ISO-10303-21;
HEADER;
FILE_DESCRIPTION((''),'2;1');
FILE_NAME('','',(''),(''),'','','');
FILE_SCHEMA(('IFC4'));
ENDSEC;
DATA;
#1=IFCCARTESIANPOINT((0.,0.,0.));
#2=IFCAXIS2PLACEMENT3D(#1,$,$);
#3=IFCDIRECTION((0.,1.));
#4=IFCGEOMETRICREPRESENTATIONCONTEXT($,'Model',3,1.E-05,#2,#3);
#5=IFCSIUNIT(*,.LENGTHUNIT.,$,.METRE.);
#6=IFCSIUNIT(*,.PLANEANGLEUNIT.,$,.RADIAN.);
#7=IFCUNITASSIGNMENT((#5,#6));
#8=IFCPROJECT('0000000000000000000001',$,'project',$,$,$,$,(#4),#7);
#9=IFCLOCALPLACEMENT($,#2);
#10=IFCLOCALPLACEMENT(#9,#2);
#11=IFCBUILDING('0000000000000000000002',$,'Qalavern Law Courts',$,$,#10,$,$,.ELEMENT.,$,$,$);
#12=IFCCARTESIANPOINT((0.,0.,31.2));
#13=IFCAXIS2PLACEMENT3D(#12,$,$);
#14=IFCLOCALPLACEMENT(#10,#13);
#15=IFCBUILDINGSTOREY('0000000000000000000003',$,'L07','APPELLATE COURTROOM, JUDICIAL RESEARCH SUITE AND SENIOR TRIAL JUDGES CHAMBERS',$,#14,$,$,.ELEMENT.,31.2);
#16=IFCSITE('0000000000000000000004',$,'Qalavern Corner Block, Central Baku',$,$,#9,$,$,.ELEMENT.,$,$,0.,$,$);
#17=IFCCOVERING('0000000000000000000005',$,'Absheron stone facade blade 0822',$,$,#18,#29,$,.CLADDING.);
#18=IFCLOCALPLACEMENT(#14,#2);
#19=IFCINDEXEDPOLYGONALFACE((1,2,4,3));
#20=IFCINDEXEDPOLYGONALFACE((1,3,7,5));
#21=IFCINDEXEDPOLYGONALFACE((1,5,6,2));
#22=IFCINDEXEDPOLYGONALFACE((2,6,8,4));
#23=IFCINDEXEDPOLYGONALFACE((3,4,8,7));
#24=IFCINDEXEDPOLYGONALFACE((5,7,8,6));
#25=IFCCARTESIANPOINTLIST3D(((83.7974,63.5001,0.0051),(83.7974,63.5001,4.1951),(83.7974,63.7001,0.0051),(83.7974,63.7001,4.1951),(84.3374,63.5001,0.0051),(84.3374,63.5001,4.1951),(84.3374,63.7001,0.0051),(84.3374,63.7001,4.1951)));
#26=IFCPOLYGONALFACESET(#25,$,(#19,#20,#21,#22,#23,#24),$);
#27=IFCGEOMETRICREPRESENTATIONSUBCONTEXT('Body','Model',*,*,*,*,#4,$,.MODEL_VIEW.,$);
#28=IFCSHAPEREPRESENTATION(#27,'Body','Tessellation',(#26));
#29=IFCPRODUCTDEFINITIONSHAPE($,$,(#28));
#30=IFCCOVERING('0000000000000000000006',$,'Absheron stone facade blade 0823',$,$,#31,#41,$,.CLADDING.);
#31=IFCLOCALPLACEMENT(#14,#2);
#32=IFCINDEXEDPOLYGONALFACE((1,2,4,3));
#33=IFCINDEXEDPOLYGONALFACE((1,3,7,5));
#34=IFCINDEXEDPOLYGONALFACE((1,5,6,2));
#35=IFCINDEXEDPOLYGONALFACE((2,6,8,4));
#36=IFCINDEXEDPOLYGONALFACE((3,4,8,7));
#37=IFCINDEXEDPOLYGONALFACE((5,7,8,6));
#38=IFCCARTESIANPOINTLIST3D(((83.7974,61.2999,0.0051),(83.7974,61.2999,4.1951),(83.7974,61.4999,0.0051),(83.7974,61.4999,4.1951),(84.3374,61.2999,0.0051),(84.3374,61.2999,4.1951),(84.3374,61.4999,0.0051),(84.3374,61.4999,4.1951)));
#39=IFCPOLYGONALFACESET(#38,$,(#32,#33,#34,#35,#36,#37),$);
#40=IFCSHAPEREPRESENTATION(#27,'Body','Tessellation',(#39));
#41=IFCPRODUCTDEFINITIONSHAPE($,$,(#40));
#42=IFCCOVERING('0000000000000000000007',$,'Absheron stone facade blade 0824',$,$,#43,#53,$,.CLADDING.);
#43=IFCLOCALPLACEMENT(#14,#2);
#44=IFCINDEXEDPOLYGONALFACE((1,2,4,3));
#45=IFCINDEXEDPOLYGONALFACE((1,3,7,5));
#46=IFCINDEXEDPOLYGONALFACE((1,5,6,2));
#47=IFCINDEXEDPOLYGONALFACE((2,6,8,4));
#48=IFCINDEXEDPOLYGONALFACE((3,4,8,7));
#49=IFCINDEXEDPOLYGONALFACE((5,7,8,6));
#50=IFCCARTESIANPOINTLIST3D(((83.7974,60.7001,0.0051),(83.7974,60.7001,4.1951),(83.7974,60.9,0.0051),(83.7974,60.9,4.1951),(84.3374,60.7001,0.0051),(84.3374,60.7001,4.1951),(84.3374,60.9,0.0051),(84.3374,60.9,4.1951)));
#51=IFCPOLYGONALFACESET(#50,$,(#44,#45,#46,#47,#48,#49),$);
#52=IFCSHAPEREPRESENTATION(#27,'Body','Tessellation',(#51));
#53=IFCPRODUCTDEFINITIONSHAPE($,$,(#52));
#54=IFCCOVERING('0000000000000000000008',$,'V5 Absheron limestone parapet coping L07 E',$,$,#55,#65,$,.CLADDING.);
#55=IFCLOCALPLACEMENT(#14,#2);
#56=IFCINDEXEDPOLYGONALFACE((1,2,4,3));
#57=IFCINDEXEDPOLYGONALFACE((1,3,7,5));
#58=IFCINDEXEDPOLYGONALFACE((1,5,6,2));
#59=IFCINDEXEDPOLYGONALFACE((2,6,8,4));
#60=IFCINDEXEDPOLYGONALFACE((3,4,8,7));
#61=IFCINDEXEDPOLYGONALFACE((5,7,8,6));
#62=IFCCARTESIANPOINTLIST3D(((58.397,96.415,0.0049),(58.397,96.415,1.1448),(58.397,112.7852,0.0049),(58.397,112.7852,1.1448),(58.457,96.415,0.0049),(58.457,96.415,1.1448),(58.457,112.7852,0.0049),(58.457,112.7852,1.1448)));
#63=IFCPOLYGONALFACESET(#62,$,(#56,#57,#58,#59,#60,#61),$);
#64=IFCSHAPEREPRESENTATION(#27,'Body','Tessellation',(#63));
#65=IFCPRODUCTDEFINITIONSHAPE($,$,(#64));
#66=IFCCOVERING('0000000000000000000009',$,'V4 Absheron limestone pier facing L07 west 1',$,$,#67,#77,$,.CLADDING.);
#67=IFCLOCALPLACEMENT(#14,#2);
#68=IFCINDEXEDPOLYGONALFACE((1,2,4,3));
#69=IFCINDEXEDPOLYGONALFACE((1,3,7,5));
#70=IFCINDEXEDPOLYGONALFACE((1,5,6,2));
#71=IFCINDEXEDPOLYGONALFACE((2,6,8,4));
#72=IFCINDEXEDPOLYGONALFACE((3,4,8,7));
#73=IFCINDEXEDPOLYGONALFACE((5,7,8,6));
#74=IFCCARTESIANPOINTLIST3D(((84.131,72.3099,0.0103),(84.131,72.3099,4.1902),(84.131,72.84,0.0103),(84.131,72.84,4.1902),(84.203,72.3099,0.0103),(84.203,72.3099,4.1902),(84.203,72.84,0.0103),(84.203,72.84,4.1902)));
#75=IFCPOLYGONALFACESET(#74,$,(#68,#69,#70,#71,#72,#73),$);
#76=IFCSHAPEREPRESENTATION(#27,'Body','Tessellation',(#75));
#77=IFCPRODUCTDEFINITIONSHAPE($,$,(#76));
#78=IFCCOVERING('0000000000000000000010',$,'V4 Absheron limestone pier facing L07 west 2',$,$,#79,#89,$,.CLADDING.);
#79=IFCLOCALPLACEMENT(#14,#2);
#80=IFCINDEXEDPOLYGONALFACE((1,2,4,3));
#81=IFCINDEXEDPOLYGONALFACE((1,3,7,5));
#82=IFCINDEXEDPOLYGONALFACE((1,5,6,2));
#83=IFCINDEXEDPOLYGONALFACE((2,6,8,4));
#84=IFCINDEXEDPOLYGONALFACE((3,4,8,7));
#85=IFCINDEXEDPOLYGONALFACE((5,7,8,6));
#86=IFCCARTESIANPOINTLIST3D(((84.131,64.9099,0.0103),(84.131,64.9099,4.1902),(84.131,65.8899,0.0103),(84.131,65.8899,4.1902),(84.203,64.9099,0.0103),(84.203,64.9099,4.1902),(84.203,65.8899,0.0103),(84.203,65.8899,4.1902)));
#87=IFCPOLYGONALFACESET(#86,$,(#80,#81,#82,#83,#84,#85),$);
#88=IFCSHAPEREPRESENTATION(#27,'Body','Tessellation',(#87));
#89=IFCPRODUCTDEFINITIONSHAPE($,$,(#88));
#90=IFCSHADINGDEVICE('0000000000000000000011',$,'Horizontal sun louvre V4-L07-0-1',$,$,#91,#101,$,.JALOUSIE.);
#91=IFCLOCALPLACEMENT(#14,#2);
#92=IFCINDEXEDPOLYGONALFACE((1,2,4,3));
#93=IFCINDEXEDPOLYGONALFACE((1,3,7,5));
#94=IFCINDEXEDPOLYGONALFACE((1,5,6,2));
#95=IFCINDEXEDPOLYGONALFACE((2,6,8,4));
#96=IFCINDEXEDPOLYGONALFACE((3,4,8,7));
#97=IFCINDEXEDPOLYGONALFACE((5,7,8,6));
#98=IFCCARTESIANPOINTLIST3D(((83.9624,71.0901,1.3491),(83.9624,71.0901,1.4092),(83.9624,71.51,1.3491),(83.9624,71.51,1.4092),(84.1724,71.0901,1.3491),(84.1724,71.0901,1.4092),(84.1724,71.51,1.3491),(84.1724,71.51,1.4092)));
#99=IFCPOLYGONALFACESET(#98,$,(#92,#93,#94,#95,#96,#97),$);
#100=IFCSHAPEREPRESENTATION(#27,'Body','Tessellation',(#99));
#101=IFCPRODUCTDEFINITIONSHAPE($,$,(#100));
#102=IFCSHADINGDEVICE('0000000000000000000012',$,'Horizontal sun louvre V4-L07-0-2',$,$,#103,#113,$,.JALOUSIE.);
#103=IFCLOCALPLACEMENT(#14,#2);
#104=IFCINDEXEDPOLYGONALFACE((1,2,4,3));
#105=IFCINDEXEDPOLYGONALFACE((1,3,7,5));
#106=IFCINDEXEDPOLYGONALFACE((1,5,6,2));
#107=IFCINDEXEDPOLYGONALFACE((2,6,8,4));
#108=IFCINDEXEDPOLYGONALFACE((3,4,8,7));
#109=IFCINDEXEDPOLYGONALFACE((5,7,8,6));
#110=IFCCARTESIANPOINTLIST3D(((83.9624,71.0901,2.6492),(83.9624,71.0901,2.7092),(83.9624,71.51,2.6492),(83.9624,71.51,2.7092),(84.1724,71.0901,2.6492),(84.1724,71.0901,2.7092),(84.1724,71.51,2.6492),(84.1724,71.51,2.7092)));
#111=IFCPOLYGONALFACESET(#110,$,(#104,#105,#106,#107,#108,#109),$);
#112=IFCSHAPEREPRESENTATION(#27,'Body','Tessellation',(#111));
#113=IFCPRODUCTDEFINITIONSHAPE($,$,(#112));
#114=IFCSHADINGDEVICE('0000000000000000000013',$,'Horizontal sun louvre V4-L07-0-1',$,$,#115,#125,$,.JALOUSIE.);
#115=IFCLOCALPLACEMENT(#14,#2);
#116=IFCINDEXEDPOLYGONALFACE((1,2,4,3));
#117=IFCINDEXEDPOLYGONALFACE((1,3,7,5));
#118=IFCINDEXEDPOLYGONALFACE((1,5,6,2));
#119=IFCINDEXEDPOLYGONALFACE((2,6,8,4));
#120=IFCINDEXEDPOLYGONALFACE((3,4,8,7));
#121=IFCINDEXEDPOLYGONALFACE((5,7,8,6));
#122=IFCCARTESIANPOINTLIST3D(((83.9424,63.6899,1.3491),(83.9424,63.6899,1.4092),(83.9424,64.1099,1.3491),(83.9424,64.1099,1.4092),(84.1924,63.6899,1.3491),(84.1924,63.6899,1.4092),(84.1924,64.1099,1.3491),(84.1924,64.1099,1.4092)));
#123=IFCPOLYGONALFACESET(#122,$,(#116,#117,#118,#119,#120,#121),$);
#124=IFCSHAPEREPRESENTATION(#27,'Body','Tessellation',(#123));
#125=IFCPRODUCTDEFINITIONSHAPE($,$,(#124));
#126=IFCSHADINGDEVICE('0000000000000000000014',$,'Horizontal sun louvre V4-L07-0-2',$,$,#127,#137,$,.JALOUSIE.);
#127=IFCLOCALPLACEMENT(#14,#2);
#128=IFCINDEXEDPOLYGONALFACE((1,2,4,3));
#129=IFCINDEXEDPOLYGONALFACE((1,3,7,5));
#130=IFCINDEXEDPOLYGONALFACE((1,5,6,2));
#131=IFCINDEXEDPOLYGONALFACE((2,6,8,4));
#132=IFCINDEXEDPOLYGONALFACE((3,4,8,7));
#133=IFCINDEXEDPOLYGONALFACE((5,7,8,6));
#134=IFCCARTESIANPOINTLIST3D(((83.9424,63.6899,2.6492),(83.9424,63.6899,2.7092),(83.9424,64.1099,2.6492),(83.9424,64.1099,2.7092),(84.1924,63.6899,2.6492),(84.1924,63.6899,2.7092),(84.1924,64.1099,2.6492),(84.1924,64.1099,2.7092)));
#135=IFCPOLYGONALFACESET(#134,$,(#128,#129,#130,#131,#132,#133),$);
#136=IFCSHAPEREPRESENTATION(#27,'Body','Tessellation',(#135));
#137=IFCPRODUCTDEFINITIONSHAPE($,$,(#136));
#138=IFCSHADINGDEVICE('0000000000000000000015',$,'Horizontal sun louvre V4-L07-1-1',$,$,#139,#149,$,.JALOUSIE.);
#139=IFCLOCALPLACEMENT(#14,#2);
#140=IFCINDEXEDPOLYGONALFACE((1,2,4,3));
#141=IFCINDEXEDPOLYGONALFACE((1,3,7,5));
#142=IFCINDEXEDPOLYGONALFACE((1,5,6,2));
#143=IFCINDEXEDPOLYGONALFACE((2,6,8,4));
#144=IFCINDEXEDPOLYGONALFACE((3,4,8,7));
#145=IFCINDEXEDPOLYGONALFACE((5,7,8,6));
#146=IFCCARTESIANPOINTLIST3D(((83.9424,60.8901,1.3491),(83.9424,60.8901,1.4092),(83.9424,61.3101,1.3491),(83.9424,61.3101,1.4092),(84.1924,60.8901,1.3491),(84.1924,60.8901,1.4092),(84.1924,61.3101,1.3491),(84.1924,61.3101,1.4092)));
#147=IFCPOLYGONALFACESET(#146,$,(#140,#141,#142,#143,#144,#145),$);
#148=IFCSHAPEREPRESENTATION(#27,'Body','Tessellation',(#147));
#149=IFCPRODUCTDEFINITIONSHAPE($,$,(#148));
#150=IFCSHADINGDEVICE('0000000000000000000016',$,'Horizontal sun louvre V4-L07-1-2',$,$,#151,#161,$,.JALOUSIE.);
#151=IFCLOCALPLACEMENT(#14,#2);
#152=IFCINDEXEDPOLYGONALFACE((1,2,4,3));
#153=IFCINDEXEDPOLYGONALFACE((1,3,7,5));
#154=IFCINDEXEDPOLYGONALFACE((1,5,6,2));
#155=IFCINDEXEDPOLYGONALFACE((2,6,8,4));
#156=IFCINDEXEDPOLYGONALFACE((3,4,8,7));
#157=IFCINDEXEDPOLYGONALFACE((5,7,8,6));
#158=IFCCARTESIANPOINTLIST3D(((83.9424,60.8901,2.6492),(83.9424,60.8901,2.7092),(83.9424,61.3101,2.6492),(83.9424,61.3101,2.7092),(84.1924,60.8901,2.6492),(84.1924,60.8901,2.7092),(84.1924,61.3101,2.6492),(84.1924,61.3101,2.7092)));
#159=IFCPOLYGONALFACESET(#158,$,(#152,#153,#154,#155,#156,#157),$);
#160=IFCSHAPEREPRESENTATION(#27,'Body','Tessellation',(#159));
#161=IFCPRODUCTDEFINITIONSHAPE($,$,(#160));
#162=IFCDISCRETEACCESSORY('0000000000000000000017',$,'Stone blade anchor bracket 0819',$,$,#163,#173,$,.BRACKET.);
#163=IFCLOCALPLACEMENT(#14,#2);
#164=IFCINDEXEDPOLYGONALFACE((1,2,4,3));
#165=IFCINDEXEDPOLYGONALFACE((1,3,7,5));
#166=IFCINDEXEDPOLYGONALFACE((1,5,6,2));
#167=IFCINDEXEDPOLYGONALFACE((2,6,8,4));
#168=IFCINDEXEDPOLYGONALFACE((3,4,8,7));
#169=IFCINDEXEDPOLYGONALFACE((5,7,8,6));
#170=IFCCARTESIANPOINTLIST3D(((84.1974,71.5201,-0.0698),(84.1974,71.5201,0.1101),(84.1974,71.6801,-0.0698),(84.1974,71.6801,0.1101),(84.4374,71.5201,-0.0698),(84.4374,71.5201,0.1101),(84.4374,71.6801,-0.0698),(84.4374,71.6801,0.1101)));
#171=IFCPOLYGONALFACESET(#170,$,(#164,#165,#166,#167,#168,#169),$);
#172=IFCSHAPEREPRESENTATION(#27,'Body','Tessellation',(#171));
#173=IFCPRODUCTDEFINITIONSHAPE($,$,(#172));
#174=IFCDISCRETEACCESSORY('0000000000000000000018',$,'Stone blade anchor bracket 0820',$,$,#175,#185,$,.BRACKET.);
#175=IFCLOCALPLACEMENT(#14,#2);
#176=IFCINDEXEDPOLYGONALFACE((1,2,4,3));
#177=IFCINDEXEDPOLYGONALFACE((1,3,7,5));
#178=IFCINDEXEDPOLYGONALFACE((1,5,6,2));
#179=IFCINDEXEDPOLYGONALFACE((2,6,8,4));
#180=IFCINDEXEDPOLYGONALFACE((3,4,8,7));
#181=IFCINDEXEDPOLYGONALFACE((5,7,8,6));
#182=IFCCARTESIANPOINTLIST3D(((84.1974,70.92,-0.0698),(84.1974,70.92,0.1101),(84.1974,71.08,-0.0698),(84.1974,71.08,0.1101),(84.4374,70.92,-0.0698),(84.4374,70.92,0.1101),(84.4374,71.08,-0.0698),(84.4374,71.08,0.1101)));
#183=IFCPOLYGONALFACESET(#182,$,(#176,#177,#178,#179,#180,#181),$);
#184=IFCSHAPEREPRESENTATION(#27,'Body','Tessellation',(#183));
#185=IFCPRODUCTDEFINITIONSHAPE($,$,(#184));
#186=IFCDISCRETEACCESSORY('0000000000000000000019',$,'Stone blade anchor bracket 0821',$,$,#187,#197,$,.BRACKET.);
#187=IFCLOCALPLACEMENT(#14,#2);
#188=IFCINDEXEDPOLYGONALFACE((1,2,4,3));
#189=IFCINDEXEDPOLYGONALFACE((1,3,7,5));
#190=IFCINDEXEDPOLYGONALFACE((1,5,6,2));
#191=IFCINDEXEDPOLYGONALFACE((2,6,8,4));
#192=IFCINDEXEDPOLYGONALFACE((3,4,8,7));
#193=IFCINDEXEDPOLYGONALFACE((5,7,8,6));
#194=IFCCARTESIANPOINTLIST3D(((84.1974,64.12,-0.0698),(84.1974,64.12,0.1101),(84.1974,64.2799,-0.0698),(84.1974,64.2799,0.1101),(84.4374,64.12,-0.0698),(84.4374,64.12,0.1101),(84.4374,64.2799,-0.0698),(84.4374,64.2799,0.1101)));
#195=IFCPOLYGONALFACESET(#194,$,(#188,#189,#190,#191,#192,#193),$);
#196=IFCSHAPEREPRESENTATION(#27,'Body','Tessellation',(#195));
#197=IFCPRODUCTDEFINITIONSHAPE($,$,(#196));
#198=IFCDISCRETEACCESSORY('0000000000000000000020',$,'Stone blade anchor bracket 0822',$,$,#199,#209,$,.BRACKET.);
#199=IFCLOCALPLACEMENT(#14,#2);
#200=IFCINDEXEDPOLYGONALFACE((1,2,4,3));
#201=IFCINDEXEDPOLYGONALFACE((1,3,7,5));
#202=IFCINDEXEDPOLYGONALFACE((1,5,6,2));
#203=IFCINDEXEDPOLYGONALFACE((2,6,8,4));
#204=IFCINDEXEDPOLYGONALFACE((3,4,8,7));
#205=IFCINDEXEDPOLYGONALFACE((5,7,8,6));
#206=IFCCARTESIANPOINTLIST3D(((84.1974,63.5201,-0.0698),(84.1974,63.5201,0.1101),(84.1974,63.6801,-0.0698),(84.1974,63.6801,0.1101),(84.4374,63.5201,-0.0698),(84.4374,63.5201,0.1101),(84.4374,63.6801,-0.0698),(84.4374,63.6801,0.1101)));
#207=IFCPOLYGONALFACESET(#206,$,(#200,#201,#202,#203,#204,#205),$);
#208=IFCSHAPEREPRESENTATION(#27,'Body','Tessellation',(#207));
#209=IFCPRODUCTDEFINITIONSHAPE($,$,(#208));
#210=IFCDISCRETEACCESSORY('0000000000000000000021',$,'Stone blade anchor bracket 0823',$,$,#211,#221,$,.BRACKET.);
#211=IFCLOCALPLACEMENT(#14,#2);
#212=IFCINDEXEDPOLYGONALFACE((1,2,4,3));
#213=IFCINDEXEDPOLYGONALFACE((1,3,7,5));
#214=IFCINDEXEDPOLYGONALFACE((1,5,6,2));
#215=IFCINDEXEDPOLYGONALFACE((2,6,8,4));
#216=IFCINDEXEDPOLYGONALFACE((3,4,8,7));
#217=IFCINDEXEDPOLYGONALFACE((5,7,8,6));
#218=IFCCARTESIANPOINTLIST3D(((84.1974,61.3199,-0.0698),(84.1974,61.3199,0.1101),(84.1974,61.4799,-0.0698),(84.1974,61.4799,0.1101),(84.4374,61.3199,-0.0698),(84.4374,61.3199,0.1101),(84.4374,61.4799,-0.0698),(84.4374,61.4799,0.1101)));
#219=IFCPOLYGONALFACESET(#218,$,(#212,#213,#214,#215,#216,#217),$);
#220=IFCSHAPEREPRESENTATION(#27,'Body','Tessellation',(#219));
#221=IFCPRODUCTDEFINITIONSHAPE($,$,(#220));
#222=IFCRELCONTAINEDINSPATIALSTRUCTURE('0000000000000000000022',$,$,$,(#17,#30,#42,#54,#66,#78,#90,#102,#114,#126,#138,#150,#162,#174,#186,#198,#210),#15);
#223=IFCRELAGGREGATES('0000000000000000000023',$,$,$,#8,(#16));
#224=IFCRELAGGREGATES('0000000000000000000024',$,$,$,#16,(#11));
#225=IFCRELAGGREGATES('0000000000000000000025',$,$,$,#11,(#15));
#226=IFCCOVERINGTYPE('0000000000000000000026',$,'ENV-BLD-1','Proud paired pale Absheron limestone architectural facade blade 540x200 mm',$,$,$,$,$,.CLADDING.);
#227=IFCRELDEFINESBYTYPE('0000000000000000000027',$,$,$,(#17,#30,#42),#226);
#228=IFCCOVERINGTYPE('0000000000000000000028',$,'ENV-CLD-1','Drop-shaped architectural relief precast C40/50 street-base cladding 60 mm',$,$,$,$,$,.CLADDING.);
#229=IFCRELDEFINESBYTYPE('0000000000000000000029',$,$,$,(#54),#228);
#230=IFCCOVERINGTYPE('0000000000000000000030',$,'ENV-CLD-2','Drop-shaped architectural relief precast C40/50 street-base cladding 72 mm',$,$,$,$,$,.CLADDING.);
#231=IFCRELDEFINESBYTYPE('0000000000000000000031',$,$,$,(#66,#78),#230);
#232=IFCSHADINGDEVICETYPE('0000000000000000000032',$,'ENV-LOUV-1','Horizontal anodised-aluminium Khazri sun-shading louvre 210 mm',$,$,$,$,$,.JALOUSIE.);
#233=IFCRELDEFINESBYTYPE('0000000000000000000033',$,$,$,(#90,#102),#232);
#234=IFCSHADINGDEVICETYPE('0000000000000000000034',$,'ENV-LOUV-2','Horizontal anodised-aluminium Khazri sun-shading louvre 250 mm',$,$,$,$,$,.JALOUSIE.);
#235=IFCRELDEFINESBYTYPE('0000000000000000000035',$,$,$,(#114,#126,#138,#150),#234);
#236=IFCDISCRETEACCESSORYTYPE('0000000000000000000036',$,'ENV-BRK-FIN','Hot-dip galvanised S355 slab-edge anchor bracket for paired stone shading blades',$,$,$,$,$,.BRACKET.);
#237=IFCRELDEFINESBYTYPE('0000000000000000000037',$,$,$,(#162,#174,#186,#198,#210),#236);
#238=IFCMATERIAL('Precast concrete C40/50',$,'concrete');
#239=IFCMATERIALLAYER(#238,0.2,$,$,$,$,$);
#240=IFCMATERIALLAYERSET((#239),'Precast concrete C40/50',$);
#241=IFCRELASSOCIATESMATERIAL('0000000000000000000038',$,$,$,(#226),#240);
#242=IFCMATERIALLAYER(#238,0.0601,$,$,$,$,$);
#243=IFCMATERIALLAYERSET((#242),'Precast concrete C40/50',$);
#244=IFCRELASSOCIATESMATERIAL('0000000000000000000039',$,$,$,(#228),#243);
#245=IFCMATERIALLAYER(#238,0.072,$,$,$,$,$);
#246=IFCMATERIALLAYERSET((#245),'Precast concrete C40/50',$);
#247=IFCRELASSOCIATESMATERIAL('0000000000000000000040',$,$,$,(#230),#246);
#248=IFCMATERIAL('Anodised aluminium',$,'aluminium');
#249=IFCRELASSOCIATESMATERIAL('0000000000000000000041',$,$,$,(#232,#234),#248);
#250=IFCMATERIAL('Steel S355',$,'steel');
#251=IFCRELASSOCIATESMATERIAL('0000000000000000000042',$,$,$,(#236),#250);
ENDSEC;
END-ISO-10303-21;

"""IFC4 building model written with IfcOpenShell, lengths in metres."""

from ifc_helpers import new_model, si_unit, direction, frame, origin, origin_2d, place, context, subcontext, project, spatial, rectangle, extrude, material, layer, layer_set, type_object, element, save


model = new_model("IFC4")

# Units and contexts
model_context = context("Model", 3, precision=1e-05, world=origin(), true_north=direction((0.0, 1.0)))
body_context = subcontext(model_context, "Body", "Model", "MODEL_VIEW")
ifc_project = project(units=[si_unit("LENGTHUNIT", "METRE"), si_unit("PLANEANGLEUNIT", "RADIAN")], contexts=[model_context])

# Site, building, storey
site_placement = place(None, origin())
site = spatial("IfcSite", under=ifc_project, at=site_placement, Name="Qalavern Corner Block, Central Baku", CompositionType="ELEMENT", RefElevation=0.0)
building_placement = place(site_placement, origin())
building = spatial("IfcBuilding", under=site, at=building_placement, Name="Qalavern Law Courts", CompositionType="ELEMENT")
storey_placement = place(building_placement, frame((0.0, 0.0, 31.2)))
storey = spatial("IfcBuildingStorey", under=building, at=storey_placement, Name="L07", Description="APPELLATE COURTROOM, JUDICIAL RESEARCH SUITE AND SENIOR TRIAL JUDGES CHAMBERS", CompositionType="ELEMENT", Elevation=31.2)

# Shared definitions
ifc_material_1 = material(Name="Anodised aluminium", Category="aluminium")

# Shared definitions
ifc_material_2 = material(Name="Steel S355", Category="steel")

# Coverings
ifc_material_3 = material(Name="Precast concrete C40/50", Category="concrete")
ifc_layer_1 = layer(ifc_material_3, 0.2)
ifc_layer_set_1 = layer_set([ifc_layer_1], Name="Precast concrete C40/50")
covering_type_1 = type_object("IfcCoveringType", Name="ENV-BLD-1", Description="Proud paired pale Absheron limestone architectural facade blade 540x200 mm", PredefinedType="CLADDING", material=ifc_layer_set_1)
for number, where, z_axis, x_axis, name in (
    (1, (84.0674, 63.6001, 0.0051), (0.0, 0.0, 1.0), (-1.0, 0.0, 0.0), "Absheron stone facade blade 0822"),
    (2, (84.0674, 61.3999, 0.0051), (0.0, 0.0, 1.0), (-1.0, 0.0, 0.0), "Absheron stone facade blade 0823"),
    (3, (84.0674, 60.8, 0.0051), (0.0, 0.0, 1.0), (-1.0, 0.0, 0.0), "Absheron stone facade blade 0824"),
):
    element("IfcCovering", number, at=place(storey_placement, frame(where, z_axis=z_axis, x_axis=x_axis)), inside=storey, type_object=covering_type_1, Name=name, PredefinedType="CLADDING", context=body_context, shape_type="SweptSolid", body=[
        extrude(rectangle(XDim=0.54, YDim=0.2, at=origin_2d()), origin(), (0.0, 0.0, 1.0), 4.1899),
    ])
ifc_layer_2 = layer(ifc_material_3, 0.0601)
ifc_layer_set_2 = layer_set([ifc_layer_2], Name="Precast concrete C40/50")
covering_type_2 = type_object("IfcCoveringType", Name="ENV-CLD-1", Description="Drop-shaped architectural relief precast C40/50 street-base cladding 60 mm", PredefinedType="CLADDING", material=ifc_layer_set_2)
covering_1_placement = place(storey_placement, frame((58.427, 104.6001, 0.0049), z_axis=(0.0, 0.0, 1.0), x_axis=(0.0, 1.0, 0.0)))
element("IfcCovering", 4, at=covering_1_placement, inside=storey, type_object=covering_type_2, Name="V5 Absheron limestone parapet coping L07 E", PredefinedType="CLADDING", context=body_context, shape_type="SweptSolid", body=[
    extrude(rectangle(XDim=16.3701, YDim=0.0601, at=origin_2d()), origin(), (0.0, 0.0, 1.0), 1.1399),
])
ifc_layer_3 = layer(ifc_material_3, 0.072)
ifc_layer_set_3 = layer_set([ifc_layer_3], Name="Precast concrete C40/50")
covering_type_3 = type_object("IfcCoveringType", Name="ENV-CLD-2", Description="Drop-shaped architectural relief precast C40/50 street-base cladding 72 mm", PredefinedType="CLADDING", material=ifc_layer_set_3)
covering_2_placement = place(storey_placement, frame((84.167, 72.575, 0.0103), z_axis=(0.0, 0.0, 1.0), x_axis=(0.0, -1.0, 0.0)))
element("IfcCovering", 5, at=covering_2_placement, inside=storey, type_object=covering_type_3, Name="V4 Absheron limestone pier facing L07 west 1", PredefinedType="CLADDING", context=body_context, shape_type="SweptSolid", body=[
    extrude(rectangle(XDim=0.53, YDim=0.072, at=origin_2d()), origin(), (0.0, 0.0, 1.0), 4.1799),
])
covering_3_placement = place(storey_placement, frame((84.167, 65.3999, 0.0103), z_axis=(0.0, 0.0, 1.0), x_axis=(0.0, -1.0, 0.0)))
element("IfcCovering", 6, at=covering_3_placement, inside=storey, type_object=covering_type_3, Name="V4 Absheron limestone pier facing L07 west 2", PredefinedType="CLADDING", context=body_context, shape_type="SweptSolid", body=[
    extrude(rectangle(XDim=0.98, YDim=0.072, at=origin_2d()), origin(), (0.0, 0.0, 1.0), 4.1799),
])

# Shading devices
shading_device_type_1 = type_object("IfcShadingDeviceType", Name="ENV-LOUV-1", Description="Horizontal anodised-aluminium Khazri sun-shading louvre 210 mm", PredefinedType="JALOUSIE", material=ifc_material_1)
for number, where, z_axis, x_axis, name in (
    (7, (84.0674, 71.3, 1.3491), (0.0, 0.0, 1.0), (0.0, -1.0, 0.0), "Horizontal sun louvre V4-L07-0-1"),
    (8, (84.0674, 71.3, 2.6492), (0.0, 0.0, 1.0), (0.0, -1.0, 0.0), "Horizontal sun louvre V4-L07-0-2"),
):
    element("IfcShadingDevice", number, at=place(storey_placement, frame(where, z_axis=z_axis, x_axis=x_axis)), inside=storey, type_object=shading_device_type_1, Name=name, PredefinedType="JALOUSIE", context=body_context, shape_type="SweptSolid", body=[
        extrude(rectangle(XDim=0.4199, YDim=0.21, at=origin_2d()), origin(), (0.0, 0.0, 1.0), 0.0601),
    ])
shading_device_type_2 = type_object("IfcShadingDeviceType", Name="ENV-LOUV-2", Description="Horizontal anodised-aluminium Khazri sun-shading louvre 250 mm", PredefinedType="JALOUSIE", material=ifc_material_1)
for number, where, z_axis, x_axis, name in (
    (9, (84.0674, 63.8999, 1.3491), (0.0, 0.0, 1.0), (0.0, -1.0, 0.0), "Horizontal sun louvre V4-L07-0-1"),
    (10, (84.0674, 63.8999, 2.6492), (0.0, 0.0, 1.0), (0.0, -1.0, 0.0), "Horizontal sun louvre V4-L07-0-2"),
    (11, (84.0674, 61.1001, 1.3491), (0.0, 0.0, 1.0), (0.0, -1.0, 0.0), "Horizontal sun louvre V4-L07-1-1"),
    (12, (84.0674, 61.1001, 2.6492), (0.0, 0.0, 1.0), (0.0, -1.0, 0.0), "Horizontal sun louvre V4-L07-1-2"),
):
    element("IfcShadingDevice", number, at=place(storey_placement, frame(where, z_axis=z_axis, x_axis=x_axis)), inside=storey, type_object=shading_device_type_2, Name=name, PredefinedType="JALOUSIE", context=body_context, shape_type="SweptSolid", body=[
        extrude(rectangle(XDim=0.4199, YDim=0.25, at=origin_2d()), origin(), (0.0, 0.0, 1.0), 0.0601),
    ])

# Discrete accessories
discrete_accessory_type = type_object("IfcDiscreteAccessoryType", Name="ENV-BRK-FIN", Description="Hot-dip galvanised S355 slab-edge anchor bracket for paired stone shading blades", PredefinedType="BRACKET", material=ifc_material_2)
for number, where, z_axis, x_axis, name in (
    (13, (84.3174, 71.6001, -0.0698), (0.0, 0.0, 1.0), (-1.0, 0.0, 0.0), "Stone blade anchor bracket 0819"),
    (14, (84.3174, 71.0, -0.0698), (0.0, 0.0, 1.0), (-1.0, 0.0, 0.0), "Stone blade anchor bracket 0820"),
    (15, (84.3174, 64.2, -0.0698), (0.0, 0.0, 1.0), (-1.0, 0.0, 0.0), "Stone blade anchor bracket 0821"),
    (16, (84.3174, 63.6001, -0.0698), (0.0, 0.0, 1.0), (-1.0, 0.0, 0.0), "Stone blade anchor bracket 0822"),
    (17, (84.3174, 61.3999, -0.0698), (0.0, 0.0, 1.0), (-1.0, 0.0, 0.0), "Stone blade anchor bracket 0823"),
):
    element("IfcDiscreteAccessory", number, at=place(storey_placement, frame(where, z_axis=z_axis, x_axis=x_axis)), inside=storey, type_object=discrete_accessory_type, Name=name, PredefinedType="BRACKET", context=body_context, shape_type="SweptSolid", body=[
        extrude(rectangle(XDim=0.24, YDim=0.1599, at=origin_2d()), origin(), (0.0, 0.0, 1.0), 0.1799),
    ])

save(model, "model.ifc")
